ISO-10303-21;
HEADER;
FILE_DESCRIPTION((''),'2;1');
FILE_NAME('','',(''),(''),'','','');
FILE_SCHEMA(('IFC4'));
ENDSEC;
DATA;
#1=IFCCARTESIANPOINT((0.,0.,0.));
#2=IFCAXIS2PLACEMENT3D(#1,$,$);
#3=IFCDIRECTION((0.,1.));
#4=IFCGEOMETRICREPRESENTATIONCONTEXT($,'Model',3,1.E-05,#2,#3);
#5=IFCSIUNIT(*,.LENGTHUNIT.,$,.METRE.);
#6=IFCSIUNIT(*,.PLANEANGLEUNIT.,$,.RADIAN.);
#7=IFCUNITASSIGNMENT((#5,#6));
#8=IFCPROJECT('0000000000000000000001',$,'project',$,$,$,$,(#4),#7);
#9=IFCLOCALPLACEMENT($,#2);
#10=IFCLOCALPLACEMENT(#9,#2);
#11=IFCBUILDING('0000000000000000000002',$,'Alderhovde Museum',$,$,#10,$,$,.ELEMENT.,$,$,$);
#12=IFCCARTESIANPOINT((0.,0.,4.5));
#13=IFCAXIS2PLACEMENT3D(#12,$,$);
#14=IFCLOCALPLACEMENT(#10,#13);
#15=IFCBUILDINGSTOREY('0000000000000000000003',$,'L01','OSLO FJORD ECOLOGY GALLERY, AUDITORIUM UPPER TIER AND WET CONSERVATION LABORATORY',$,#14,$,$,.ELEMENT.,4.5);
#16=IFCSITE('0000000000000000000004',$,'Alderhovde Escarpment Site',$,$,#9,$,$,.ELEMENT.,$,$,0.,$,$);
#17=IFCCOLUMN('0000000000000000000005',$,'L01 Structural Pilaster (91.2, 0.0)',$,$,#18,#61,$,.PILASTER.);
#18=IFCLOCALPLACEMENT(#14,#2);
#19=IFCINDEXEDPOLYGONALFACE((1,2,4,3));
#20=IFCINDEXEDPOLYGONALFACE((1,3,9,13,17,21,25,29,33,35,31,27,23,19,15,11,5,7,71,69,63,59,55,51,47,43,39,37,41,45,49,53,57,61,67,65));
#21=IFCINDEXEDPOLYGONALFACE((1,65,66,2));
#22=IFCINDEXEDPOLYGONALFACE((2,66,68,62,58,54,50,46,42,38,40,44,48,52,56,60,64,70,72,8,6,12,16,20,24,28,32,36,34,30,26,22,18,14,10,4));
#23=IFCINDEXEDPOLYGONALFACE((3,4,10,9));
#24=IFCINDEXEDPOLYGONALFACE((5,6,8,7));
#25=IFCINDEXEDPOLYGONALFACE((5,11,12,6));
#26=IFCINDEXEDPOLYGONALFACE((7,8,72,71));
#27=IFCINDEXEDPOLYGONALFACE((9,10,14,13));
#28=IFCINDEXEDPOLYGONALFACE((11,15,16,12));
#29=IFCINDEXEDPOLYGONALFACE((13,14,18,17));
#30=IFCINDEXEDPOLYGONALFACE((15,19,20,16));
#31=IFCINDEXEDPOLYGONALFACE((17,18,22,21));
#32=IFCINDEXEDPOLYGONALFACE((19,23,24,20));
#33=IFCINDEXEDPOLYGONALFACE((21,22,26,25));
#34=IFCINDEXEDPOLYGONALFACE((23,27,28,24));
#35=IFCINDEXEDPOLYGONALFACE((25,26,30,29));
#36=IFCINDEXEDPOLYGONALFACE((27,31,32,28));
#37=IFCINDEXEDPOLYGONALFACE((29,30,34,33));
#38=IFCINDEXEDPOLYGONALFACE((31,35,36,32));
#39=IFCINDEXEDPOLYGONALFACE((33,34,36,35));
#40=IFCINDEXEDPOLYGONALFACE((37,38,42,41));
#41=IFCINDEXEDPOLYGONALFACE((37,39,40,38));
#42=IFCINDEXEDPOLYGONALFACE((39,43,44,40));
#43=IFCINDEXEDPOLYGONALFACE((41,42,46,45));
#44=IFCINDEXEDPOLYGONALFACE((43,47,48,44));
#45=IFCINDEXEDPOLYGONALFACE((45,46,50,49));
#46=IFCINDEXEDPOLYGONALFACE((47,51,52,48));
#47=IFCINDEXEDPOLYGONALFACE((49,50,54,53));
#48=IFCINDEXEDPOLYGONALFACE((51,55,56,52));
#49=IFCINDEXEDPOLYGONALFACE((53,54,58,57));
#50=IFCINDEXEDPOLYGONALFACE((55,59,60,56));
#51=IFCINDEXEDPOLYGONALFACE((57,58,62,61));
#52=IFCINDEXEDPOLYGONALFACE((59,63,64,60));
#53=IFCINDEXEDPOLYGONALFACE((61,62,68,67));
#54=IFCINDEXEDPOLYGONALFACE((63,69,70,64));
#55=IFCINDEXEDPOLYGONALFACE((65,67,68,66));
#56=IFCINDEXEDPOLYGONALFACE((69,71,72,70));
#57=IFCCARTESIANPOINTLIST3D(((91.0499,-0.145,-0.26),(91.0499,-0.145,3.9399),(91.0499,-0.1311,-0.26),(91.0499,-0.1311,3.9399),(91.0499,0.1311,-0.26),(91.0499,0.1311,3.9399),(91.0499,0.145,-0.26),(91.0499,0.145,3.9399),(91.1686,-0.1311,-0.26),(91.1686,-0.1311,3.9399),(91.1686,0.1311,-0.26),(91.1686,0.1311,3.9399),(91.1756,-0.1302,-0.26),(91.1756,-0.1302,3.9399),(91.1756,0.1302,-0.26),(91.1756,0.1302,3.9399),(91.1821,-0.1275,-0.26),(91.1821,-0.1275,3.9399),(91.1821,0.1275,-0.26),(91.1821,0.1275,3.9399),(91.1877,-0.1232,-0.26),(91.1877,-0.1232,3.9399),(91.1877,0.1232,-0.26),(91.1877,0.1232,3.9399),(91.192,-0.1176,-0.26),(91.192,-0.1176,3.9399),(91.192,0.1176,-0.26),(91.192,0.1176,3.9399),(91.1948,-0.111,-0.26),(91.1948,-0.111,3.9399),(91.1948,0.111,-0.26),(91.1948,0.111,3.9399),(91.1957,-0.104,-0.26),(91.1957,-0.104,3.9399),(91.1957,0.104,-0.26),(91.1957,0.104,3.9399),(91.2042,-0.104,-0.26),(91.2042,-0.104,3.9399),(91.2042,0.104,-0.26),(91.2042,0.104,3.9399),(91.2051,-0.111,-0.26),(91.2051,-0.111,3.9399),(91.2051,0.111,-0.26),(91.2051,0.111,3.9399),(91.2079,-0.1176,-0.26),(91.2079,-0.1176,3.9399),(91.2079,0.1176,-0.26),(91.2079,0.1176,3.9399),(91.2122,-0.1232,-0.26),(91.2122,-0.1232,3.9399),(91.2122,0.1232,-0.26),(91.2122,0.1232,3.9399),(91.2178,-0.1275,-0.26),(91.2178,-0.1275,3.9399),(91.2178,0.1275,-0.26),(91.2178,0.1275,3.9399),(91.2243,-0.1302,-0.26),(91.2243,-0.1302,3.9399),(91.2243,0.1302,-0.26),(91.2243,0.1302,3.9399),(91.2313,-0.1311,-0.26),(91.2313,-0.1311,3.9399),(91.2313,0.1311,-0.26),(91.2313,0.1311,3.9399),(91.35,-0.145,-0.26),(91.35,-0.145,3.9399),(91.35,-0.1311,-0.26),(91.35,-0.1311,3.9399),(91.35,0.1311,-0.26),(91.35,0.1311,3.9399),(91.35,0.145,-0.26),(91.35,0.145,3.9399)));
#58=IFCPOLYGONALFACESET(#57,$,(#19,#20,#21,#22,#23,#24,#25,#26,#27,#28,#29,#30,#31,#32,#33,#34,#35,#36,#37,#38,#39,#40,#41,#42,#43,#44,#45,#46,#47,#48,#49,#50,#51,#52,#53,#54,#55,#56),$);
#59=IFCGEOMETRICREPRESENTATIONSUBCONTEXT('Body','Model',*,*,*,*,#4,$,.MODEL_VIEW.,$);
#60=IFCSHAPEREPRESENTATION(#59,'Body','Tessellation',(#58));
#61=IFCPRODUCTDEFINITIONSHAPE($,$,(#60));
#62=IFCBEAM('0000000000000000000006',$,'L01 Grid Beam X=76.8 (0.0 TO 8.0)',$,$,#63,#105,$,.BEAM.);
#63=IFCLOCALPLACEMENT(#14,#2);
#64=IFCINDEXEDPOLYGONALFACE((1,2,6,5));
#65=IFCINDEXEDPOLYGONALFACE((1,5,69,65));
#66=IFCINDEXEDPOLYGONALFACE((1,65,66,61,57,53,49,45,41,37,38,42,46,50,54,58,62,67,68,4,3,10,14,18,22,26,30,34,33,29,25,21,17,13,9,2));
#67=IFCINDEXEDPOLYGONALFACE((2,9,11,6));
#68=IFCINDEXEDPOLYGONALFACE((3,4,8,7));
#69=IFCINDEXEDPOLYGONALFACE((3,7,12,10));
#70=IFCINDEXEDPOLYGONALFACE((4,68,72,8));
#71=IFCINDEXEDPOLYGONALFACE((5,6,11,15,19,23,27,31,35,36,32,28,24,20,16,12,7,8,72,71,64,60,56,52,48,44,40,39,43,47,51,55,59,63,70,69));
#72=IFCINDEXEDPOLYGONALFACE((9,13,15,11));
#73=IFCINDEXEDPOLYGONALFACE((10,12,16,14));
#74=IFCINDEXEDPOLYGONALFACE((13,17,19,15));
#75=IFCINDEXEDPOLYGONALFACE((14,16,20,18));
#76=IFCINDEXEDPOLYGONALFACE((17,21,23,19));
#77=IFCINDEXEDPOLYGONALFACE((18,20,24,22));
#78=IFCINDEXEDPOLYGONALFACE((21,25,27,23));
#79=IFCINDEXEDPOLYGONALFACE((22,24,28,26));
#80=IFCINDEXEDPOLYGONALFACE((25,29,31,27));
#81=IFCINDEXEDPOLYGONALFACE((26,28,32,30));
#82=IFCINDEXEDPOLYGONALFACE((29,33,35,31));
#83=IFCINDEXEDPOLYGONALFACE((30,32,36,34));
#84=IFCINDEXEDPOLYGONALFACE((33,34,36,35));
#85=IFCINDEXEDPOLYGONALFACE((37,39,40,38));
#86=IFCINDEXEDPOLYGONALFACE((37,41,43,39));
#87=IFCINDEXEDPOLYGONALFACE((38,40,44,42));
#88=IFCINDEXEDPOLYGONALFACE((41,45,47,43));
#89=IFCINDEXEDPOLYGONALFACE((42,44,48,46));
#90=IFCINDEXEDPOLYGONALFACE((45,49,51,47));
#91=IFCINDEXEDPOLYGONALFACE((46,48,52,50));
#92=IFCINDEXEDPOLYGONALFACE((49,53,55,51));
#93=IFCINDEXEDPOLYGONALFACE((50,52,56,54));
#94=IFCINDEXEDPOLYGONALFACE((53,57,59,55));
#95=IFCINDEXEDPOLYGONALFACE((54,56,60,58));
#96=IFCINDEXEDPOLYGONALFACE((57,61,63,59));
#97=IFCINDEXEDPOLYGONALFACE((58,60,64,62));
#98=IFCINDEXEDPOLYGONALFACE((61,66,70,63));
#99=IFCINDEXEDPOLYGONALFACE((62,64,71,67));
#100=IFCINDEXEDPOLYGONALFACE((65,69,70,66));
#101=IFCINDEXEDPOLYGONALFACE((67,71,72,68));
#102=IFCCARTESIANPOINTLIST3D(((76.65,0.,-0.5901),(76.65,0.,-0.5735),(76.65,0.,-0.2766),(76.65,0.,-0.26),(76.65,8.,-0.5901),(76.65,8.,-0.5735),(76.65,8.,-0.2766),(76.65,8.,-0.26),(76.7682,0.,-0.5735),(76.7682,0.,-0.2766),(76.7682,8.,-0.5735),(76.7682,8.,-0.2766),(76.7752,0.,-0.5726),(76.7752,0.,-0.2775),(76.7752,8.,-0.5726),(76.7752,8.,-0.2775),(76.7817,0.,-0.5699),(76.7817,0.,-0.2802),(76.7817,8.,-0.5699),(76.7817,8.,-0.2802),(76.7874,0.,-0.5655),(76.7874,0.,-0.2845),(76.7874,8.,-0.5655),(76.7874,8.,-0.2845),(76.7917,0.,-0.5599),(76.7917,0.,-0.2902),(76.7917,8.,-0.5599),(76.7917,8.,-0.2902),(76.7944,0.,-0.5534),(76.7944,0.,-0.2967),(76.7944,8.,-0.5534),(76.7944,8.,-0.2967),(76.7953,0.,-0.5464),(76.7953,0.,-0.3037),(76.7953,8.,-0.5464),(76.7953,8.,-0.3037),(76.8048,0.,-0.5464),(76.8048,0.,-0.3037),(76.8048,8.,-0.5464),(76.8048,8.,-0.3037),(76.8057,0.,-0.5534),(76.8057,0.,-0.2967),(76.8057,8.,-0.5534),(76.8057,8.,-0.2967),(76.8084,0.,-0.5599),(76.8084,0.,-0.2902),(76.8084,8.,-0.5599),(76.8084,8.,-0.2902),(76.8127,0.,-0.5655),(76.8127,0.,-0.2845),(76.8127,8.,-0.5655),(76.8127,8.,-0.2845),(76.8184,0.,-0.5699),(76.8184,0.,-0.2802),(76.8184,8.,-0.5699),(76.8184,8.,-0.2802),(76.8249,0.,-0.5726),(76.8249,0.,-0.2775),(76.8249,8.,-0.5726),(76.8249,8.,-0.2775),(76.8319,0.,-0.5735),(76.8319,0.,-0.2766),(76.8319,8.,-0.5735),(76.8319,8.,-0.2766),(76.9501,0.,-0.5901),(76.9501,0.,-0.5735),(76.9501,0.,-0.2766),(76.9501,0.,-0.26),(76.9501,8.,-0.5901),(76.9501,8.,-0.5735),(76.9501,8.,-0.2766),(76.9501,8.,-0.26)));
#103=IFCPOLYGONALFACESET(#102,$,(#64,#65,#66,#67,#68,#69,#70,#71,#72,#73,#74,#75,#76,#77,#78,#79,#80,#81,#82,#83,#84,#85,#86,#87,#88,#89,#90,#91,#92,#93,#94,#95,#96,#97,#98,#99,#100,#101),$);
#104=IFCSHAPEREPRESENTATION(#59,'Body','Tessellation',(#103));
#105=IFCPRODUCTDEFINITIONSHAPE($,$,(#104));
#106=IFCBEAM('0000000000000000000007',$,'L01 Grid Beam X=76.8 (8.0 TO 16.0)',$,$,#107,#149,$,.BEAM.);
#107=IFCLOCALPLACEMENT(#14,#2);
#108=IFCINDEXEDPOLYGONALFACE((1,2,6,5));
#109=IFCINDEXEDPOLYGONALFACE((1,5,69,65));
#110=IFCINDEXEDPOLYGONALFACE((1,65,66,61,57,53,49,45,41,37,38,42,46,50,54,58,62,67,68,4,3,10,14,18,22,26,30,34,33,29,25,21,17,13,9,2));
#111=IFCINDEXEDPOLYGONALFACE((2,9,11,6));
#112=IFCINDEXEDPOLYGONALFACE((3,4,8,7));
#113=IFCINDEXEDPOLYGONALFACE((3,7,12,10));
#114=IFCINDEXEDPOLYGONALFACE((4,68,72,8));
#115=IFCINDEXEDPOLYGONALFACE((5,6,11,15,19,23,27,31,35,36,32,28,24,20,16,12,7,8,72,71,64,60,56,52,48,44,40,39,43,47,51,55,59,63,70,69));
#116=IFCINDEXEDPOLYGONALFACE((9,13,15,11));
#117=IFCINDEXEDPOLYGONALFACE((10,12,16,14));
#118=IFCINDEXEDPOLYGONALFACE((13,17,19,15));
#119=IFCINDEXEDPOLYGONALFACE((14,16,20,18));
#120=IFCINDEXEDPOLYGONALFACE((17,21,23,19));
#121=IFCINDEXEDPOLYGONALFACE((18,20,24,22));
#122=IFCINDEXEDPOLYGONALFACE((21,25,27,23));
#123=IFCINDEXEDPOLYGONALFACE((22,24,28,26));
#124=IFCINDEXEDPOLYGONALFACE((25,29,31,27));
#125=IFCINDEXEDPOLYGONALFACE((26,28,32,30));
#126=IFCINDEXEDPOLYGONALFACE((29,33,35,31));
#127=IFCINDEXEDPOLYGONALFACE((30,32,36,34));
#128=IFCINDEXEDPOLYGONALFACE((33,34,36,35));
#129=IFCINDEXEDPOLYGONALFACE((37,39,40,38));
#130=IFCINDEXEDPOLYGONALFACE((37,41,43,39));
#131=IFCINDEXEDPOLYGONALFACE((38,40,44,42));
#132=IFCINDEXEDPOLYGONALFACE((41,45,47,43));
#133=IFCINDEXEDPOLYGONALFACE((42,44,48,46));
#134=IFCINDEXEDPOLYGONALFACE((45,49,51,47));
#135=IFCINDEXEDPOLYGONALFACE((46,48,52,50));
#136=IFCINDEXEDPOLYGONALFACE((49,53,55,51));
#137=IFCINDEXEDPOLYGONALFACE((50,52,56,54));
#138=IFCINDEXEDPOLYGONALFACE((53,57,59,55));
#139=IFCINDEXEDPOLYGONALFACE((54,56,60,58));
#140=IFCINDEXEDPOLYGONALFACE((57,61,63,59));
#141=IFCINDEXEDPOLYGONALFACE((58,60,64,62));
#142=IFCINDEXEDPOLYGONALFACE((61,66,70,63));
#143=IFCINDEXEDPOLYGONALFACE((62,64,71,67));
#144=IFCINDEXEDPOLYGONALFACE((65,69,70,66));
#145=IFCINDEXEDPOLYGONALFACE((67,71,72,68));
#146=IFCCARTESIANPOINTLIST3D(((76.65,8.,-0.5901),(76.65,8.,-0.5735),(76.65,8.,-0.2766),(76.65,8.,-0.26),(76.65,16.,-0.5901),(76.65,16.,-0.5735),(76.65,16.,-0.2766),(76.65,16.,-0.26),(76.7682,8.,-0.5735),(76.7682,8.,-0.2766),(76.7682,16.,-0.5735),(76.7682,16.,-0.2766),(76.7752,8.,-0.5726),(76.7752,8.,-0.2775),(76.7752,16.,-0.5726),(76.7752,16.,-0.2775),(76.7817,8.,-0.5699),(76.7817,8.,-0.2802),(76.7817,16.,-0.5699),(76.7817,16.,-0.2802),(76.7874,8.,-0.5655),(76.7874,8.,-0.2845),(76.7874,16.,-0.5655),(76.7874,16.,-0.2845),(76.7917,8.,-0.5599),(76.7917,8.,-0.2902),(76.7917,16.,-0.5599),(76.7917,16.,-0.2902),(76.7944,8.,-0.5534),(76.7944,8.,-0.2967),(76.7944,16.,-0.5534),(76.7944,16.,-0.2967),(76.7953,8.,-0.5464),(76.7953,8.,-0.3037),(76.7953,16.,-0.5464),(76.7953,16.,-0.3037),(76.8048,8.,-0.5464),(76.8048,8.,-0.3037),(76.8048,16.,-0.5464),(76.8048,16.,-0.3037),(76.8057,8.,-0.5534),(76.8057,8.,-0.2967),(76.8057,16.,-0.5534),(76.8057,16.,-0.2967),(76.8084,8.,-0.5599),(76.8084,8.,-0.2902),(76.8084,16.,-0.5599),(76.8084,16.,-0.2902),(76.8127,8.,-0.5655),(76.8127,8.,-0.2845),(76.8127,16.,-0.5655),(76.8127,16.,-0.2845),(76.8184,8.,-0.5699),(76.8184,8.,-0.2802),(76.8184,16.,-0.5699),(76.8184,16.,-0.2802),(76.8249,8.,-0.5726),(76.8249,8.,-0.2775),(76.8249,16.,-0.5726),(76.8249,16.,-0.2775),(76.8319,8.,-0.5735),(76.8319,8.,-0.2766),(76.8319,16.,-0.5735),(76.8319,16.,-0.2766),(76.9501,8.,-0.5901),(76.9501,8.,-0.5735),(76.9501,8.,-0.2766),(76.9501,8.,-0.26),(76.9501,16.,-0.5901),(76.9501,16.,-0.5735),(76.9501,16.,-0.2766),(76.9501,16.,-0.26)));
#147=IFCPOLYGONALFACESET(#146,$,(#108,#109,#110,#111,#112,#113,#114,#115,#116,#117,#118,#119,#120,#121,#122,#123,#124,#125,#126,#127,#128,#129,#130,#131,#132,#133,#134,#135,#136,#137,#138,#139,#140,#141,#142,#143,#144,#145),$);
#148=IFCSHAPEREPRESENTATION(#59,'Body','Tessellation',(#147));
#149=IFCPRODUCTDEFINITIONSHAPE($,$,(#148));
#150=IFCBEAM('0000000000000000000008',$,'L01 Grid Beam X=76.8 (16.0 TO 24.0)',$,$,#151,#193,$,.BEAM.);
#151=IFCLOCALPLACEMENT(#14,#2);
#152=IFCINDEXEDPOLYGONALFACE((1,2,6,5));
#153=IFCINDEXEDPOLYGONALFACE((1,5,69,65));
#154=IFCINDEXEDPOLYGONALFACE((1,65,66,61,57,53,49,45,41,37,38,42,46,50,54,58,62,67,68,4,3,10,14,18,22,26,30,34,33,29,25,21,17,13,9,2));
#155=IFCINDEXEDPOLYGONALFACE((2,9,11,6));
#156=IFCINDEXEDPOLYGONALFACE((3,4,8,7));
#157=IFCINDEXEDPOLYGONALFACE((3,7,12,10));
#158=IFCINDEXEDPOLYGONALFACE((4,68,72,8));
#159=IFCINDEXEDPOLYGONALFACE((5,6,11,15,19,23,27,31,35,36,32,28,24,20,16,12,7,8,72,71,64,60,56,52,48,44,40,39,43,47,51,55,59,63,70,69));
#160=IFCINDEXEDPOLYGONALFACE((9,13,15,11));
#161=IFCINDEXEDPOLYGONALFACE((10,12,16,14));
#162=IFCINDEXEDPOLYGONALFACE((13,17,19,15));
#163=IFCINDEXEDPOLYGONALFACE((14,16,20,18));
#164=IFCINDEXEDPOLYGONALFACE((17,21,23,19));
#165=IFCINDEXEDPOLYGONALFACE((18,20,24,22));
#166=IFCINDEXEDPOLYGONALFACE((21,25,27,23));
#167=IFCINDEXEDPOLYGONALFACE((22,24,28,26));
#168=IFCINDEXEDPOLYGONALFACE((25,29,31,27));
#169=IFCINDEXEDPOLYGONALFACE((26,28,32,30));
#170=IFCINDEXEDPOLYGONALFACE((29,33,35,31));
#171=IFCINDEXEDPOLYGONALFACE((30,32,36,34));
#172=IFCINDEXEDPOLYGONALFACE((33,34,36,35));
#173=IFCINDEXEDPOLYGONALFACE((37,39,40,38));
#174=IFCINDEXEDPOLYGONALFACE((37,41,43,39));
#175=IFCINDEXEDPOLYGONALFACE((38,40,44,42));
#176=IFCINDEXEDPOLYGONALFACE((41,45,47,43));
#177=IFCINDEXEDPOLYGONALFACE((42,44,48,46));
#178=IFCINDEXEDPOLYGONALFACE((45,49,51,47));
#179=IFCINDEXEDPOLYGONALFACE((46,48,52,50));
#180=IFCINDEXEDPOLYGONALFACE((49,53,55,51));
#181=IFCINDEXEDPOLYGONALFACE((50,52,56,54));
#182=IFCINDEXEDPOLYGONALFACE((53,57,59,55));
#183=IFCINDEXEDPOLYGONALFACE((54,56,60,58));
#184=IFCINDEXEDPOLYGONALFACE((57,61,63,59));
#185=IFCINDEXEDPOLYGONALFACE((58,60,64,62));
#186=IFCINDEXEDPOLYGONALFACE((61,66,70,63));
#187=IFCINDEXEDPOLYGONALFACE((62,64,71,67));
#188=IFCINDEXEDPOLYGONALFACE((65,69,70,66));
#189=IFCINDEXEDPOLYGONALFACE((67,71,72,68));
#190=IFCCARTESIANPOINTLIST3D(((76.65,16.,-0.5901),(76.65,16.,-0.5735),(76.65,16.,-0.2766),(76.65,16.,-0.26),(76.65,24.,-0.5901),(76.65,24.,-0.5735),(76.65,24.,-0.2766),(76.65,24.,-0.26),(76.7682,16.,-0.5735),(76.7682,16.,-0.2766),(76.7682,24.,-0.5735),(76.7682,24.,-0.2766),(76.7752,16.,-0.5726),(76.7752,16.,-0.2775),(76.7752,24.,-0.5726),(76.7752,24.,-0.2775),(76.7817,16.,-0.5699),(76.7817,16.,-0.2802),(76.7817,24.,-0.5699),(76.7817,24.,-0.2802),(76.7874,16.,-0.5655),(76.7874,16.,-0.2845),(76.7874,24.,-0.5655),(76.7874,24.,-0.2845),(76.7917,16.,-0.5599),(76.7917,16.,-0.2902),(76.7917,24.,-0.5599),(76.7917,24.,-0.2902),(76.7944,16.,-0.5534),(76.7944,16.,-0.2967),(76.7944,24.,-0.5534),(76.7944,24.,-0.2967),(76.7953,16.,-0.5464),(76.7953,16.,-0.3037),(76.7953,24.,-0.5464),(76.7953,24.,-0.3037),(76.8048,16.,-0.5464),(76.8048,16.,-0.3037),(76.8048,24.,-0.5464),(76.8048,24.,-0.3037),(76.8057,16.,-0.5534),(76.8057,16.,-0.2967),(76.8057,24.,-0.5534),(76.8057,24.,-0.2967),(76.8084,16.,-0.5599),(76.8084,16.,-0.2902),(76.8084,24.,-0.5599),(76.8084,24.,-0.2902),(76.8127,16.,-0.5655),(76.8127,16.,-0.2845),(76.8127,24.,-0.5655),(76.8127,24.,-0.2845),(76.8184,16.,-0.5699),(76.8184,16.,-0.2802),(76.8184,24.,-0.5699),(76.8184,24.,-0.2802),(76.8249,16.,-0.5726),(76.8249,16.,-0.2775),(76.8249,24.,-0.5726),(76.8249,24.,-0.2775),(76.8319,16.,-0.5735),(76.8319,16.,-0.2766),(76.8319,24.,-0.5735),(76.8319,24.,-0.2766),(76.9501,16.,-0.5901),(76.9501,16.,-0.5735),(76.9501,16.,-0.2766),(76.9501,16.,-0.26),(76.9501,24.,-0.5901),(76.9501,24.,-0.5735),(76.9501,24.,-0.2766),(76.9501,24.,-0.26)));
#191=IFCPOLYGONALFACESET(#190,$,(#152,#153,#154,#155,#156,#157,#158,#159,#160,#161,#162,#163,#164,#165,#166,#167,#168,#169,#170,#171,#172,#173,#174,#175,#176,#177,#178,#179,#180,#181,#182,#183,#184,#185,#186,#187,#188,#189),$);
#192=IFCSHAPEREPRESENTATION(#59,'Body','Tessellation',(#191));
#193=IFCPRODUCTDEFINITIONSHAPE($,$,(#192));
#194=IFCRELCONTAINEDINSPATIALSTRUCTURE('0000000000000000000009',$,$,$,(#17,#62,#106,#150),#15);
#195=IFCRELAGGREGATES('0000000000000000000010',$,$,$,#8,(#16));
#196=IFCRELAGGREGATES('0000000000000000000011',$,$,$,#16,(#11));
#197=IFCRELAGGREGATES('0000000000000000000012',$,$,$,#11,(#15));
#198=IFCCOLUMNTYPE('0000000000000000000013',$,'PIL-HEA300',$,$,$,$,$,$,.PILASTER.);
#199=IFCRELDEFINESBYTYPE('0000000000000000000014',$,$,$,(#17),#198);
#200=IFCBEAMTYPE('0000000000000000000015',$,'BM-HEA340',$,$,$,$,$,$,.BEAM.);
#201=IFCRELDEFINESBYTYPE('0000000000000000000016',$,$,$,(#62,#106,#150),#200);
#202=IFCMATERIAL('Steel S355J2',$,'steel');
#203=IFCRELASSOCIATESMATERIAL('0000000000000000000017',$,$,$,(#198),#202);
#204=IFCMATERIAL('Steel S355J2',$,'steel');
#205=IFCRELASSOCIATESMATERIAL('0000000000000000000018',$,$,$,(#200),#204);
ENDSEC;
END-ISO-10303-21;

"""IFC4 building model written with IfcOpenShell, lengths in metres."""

from ifc_helpers import new_model, si_unit, direction, frame, origin, origin_2d, place, context, subcontext, project, spatial, i_section, extrude, material, material_profile, profile_set, type_object, element, save


model = new_model("IFC4")

# Units and contexts
model_context = context("Model", 3, precision=1e-05, world=origin(), true_north=direction((0.0, 1.0)))
body_context = subcontext(model_context, "Body", "Model", "MODEL_VIEW")
ifc_project = project(units=[si_unit("LENGTHUNIT", "METRE"), si_unit("PLANEANGLEUNIT", "RADIAN")], contexts=[model_context])

# Site, building, storey
site_placement = place(None, origin())
site = spatial("IfcSite", under=ifc_project, at=site_placement, Name="Alderhovde Escarpment Site", CompositionType="ELEMENT", RefElevation=0.0)
building_placement = place(site_placement, origin())
building = spatial("IfcBuilding", under=site, at=building_placement, Name="Alderhovde Museum", CompositionType="ELEMENT")
storey_placement = place(building_placement, frame((0.0, 0.0, 4.5)))
storey = spatial("IfcBuildingStorey", under=building, at=storey_placement, Name="L01", Description="OSLO FJORD ECOLOGY GALLERY, AUDITORIUM UPPER TIER AND WET CONSERVATION LABORATORY", CompositionType="ELEMENT", Elevation=4.5)

# Column
ifc_material_1 = material(Name="Steel S355J2", Category="steel")
ifc_material_profile_1 = material_profile(ifc_material_1, i_section(OverallWidth=0.3, OverallDepth=0.29, WebThickness=0.0085, FlangeThickness=0.0139, FilletRadius=0.0271, at=origin_2d()), Name="HEA 300")
ifc_profile_set_1 = profile_set([ifc_material_profile_1], Name="Steel S355J2")
column_type_1 = type_object("IfcColumnType", Name="PIL-HEA300", PredefinedType="PILASTER", material=ifc_profile_set_1)
column_1_placement = place(storey_placement, frame((91.2, 0.0, -0.26), z_axis=(0.0, 0.0, 1.0), x_axis=(1.0, 0.0, 0.0)))
element("IfcColumn", 1, at=column_1_placement, inside=storey, type_object=column_type_1, Name="L01 Structural Pilaster (91.2, 0.0)", PredefinedType="PILASTER", context=body_context, shape_type="SweptSolid", body=[
    extrude(i_section(OverallWidth=0.3, OverallDepth=0.29, WebThickness=0.0085, FlangeThickness=0.0139, FilletRadius=0.0271, at=origin_2d()), origin(), (0.0, 0.0, 1.0), 4.2),
])

# Beams
ifc_material_2 = material(Name="Steel S355J2", Category="steel")
ifc_material_profile_2 = material_profile(ifc_material_2, i_section(OverallWidth=0.3, OverallDepth=0.3301, WebThickness=0.0095, FlangeThickness=0.0166, FilletRadius=0.0271, at=origin_2d()), Name="HEA 340")
ifc_profile_set_2 = profile_set([ifc_material_profile_2], Name="Steel S355J2")
beam_type_1 = type_object("IfcBeamType", Name="BM-HEA340", PredefinedType="BEAM", material=ifc_profile_set_2)
for number, where, z_axis, x_axis, name in (
    (2, (76.8, 0.0, -0.425), (0.0, 1.0, 0.0), (-1.0, 0.0, 0.0), "L01 Grid Beam X=76.8 (0.0 TO 8.0)"),
    (3, (76.8, 8.0, -0.425), (0.0, 1.0, 0.0), (-1.0, 0.0, 0.0), "L01 Grid Beam X=76.8 (8.0 TO 16.0)"),
    (4, (76.8, 16.0, -0.425), (0.0, 1.0, 0.0), (-1.0, 0.0, 0.0), "L01 Grid Beam X=76.8 (16.0 TO 24.0)"),
):
    element("IfcBeam", number, at=place(storey_placement, frame(where, z_axis=z_axis, x_axis=x_axis)), inside=storey, type_object=beam_type_1, Name=name, PredefinedType="BEAM", context=body_context, shape_type="SweptSolid", body=[
        extrude(i_section(OverallWidth=0.3, OverallDepth=0.3301, WebThickness=0.0095, FlangeThickness=0.0166, FilletRadius=0.0271, at=origin_2d()), origin(), (0.0, 0.0, 1.0), 8.0),
    ])

save(model, "model.ifc")
